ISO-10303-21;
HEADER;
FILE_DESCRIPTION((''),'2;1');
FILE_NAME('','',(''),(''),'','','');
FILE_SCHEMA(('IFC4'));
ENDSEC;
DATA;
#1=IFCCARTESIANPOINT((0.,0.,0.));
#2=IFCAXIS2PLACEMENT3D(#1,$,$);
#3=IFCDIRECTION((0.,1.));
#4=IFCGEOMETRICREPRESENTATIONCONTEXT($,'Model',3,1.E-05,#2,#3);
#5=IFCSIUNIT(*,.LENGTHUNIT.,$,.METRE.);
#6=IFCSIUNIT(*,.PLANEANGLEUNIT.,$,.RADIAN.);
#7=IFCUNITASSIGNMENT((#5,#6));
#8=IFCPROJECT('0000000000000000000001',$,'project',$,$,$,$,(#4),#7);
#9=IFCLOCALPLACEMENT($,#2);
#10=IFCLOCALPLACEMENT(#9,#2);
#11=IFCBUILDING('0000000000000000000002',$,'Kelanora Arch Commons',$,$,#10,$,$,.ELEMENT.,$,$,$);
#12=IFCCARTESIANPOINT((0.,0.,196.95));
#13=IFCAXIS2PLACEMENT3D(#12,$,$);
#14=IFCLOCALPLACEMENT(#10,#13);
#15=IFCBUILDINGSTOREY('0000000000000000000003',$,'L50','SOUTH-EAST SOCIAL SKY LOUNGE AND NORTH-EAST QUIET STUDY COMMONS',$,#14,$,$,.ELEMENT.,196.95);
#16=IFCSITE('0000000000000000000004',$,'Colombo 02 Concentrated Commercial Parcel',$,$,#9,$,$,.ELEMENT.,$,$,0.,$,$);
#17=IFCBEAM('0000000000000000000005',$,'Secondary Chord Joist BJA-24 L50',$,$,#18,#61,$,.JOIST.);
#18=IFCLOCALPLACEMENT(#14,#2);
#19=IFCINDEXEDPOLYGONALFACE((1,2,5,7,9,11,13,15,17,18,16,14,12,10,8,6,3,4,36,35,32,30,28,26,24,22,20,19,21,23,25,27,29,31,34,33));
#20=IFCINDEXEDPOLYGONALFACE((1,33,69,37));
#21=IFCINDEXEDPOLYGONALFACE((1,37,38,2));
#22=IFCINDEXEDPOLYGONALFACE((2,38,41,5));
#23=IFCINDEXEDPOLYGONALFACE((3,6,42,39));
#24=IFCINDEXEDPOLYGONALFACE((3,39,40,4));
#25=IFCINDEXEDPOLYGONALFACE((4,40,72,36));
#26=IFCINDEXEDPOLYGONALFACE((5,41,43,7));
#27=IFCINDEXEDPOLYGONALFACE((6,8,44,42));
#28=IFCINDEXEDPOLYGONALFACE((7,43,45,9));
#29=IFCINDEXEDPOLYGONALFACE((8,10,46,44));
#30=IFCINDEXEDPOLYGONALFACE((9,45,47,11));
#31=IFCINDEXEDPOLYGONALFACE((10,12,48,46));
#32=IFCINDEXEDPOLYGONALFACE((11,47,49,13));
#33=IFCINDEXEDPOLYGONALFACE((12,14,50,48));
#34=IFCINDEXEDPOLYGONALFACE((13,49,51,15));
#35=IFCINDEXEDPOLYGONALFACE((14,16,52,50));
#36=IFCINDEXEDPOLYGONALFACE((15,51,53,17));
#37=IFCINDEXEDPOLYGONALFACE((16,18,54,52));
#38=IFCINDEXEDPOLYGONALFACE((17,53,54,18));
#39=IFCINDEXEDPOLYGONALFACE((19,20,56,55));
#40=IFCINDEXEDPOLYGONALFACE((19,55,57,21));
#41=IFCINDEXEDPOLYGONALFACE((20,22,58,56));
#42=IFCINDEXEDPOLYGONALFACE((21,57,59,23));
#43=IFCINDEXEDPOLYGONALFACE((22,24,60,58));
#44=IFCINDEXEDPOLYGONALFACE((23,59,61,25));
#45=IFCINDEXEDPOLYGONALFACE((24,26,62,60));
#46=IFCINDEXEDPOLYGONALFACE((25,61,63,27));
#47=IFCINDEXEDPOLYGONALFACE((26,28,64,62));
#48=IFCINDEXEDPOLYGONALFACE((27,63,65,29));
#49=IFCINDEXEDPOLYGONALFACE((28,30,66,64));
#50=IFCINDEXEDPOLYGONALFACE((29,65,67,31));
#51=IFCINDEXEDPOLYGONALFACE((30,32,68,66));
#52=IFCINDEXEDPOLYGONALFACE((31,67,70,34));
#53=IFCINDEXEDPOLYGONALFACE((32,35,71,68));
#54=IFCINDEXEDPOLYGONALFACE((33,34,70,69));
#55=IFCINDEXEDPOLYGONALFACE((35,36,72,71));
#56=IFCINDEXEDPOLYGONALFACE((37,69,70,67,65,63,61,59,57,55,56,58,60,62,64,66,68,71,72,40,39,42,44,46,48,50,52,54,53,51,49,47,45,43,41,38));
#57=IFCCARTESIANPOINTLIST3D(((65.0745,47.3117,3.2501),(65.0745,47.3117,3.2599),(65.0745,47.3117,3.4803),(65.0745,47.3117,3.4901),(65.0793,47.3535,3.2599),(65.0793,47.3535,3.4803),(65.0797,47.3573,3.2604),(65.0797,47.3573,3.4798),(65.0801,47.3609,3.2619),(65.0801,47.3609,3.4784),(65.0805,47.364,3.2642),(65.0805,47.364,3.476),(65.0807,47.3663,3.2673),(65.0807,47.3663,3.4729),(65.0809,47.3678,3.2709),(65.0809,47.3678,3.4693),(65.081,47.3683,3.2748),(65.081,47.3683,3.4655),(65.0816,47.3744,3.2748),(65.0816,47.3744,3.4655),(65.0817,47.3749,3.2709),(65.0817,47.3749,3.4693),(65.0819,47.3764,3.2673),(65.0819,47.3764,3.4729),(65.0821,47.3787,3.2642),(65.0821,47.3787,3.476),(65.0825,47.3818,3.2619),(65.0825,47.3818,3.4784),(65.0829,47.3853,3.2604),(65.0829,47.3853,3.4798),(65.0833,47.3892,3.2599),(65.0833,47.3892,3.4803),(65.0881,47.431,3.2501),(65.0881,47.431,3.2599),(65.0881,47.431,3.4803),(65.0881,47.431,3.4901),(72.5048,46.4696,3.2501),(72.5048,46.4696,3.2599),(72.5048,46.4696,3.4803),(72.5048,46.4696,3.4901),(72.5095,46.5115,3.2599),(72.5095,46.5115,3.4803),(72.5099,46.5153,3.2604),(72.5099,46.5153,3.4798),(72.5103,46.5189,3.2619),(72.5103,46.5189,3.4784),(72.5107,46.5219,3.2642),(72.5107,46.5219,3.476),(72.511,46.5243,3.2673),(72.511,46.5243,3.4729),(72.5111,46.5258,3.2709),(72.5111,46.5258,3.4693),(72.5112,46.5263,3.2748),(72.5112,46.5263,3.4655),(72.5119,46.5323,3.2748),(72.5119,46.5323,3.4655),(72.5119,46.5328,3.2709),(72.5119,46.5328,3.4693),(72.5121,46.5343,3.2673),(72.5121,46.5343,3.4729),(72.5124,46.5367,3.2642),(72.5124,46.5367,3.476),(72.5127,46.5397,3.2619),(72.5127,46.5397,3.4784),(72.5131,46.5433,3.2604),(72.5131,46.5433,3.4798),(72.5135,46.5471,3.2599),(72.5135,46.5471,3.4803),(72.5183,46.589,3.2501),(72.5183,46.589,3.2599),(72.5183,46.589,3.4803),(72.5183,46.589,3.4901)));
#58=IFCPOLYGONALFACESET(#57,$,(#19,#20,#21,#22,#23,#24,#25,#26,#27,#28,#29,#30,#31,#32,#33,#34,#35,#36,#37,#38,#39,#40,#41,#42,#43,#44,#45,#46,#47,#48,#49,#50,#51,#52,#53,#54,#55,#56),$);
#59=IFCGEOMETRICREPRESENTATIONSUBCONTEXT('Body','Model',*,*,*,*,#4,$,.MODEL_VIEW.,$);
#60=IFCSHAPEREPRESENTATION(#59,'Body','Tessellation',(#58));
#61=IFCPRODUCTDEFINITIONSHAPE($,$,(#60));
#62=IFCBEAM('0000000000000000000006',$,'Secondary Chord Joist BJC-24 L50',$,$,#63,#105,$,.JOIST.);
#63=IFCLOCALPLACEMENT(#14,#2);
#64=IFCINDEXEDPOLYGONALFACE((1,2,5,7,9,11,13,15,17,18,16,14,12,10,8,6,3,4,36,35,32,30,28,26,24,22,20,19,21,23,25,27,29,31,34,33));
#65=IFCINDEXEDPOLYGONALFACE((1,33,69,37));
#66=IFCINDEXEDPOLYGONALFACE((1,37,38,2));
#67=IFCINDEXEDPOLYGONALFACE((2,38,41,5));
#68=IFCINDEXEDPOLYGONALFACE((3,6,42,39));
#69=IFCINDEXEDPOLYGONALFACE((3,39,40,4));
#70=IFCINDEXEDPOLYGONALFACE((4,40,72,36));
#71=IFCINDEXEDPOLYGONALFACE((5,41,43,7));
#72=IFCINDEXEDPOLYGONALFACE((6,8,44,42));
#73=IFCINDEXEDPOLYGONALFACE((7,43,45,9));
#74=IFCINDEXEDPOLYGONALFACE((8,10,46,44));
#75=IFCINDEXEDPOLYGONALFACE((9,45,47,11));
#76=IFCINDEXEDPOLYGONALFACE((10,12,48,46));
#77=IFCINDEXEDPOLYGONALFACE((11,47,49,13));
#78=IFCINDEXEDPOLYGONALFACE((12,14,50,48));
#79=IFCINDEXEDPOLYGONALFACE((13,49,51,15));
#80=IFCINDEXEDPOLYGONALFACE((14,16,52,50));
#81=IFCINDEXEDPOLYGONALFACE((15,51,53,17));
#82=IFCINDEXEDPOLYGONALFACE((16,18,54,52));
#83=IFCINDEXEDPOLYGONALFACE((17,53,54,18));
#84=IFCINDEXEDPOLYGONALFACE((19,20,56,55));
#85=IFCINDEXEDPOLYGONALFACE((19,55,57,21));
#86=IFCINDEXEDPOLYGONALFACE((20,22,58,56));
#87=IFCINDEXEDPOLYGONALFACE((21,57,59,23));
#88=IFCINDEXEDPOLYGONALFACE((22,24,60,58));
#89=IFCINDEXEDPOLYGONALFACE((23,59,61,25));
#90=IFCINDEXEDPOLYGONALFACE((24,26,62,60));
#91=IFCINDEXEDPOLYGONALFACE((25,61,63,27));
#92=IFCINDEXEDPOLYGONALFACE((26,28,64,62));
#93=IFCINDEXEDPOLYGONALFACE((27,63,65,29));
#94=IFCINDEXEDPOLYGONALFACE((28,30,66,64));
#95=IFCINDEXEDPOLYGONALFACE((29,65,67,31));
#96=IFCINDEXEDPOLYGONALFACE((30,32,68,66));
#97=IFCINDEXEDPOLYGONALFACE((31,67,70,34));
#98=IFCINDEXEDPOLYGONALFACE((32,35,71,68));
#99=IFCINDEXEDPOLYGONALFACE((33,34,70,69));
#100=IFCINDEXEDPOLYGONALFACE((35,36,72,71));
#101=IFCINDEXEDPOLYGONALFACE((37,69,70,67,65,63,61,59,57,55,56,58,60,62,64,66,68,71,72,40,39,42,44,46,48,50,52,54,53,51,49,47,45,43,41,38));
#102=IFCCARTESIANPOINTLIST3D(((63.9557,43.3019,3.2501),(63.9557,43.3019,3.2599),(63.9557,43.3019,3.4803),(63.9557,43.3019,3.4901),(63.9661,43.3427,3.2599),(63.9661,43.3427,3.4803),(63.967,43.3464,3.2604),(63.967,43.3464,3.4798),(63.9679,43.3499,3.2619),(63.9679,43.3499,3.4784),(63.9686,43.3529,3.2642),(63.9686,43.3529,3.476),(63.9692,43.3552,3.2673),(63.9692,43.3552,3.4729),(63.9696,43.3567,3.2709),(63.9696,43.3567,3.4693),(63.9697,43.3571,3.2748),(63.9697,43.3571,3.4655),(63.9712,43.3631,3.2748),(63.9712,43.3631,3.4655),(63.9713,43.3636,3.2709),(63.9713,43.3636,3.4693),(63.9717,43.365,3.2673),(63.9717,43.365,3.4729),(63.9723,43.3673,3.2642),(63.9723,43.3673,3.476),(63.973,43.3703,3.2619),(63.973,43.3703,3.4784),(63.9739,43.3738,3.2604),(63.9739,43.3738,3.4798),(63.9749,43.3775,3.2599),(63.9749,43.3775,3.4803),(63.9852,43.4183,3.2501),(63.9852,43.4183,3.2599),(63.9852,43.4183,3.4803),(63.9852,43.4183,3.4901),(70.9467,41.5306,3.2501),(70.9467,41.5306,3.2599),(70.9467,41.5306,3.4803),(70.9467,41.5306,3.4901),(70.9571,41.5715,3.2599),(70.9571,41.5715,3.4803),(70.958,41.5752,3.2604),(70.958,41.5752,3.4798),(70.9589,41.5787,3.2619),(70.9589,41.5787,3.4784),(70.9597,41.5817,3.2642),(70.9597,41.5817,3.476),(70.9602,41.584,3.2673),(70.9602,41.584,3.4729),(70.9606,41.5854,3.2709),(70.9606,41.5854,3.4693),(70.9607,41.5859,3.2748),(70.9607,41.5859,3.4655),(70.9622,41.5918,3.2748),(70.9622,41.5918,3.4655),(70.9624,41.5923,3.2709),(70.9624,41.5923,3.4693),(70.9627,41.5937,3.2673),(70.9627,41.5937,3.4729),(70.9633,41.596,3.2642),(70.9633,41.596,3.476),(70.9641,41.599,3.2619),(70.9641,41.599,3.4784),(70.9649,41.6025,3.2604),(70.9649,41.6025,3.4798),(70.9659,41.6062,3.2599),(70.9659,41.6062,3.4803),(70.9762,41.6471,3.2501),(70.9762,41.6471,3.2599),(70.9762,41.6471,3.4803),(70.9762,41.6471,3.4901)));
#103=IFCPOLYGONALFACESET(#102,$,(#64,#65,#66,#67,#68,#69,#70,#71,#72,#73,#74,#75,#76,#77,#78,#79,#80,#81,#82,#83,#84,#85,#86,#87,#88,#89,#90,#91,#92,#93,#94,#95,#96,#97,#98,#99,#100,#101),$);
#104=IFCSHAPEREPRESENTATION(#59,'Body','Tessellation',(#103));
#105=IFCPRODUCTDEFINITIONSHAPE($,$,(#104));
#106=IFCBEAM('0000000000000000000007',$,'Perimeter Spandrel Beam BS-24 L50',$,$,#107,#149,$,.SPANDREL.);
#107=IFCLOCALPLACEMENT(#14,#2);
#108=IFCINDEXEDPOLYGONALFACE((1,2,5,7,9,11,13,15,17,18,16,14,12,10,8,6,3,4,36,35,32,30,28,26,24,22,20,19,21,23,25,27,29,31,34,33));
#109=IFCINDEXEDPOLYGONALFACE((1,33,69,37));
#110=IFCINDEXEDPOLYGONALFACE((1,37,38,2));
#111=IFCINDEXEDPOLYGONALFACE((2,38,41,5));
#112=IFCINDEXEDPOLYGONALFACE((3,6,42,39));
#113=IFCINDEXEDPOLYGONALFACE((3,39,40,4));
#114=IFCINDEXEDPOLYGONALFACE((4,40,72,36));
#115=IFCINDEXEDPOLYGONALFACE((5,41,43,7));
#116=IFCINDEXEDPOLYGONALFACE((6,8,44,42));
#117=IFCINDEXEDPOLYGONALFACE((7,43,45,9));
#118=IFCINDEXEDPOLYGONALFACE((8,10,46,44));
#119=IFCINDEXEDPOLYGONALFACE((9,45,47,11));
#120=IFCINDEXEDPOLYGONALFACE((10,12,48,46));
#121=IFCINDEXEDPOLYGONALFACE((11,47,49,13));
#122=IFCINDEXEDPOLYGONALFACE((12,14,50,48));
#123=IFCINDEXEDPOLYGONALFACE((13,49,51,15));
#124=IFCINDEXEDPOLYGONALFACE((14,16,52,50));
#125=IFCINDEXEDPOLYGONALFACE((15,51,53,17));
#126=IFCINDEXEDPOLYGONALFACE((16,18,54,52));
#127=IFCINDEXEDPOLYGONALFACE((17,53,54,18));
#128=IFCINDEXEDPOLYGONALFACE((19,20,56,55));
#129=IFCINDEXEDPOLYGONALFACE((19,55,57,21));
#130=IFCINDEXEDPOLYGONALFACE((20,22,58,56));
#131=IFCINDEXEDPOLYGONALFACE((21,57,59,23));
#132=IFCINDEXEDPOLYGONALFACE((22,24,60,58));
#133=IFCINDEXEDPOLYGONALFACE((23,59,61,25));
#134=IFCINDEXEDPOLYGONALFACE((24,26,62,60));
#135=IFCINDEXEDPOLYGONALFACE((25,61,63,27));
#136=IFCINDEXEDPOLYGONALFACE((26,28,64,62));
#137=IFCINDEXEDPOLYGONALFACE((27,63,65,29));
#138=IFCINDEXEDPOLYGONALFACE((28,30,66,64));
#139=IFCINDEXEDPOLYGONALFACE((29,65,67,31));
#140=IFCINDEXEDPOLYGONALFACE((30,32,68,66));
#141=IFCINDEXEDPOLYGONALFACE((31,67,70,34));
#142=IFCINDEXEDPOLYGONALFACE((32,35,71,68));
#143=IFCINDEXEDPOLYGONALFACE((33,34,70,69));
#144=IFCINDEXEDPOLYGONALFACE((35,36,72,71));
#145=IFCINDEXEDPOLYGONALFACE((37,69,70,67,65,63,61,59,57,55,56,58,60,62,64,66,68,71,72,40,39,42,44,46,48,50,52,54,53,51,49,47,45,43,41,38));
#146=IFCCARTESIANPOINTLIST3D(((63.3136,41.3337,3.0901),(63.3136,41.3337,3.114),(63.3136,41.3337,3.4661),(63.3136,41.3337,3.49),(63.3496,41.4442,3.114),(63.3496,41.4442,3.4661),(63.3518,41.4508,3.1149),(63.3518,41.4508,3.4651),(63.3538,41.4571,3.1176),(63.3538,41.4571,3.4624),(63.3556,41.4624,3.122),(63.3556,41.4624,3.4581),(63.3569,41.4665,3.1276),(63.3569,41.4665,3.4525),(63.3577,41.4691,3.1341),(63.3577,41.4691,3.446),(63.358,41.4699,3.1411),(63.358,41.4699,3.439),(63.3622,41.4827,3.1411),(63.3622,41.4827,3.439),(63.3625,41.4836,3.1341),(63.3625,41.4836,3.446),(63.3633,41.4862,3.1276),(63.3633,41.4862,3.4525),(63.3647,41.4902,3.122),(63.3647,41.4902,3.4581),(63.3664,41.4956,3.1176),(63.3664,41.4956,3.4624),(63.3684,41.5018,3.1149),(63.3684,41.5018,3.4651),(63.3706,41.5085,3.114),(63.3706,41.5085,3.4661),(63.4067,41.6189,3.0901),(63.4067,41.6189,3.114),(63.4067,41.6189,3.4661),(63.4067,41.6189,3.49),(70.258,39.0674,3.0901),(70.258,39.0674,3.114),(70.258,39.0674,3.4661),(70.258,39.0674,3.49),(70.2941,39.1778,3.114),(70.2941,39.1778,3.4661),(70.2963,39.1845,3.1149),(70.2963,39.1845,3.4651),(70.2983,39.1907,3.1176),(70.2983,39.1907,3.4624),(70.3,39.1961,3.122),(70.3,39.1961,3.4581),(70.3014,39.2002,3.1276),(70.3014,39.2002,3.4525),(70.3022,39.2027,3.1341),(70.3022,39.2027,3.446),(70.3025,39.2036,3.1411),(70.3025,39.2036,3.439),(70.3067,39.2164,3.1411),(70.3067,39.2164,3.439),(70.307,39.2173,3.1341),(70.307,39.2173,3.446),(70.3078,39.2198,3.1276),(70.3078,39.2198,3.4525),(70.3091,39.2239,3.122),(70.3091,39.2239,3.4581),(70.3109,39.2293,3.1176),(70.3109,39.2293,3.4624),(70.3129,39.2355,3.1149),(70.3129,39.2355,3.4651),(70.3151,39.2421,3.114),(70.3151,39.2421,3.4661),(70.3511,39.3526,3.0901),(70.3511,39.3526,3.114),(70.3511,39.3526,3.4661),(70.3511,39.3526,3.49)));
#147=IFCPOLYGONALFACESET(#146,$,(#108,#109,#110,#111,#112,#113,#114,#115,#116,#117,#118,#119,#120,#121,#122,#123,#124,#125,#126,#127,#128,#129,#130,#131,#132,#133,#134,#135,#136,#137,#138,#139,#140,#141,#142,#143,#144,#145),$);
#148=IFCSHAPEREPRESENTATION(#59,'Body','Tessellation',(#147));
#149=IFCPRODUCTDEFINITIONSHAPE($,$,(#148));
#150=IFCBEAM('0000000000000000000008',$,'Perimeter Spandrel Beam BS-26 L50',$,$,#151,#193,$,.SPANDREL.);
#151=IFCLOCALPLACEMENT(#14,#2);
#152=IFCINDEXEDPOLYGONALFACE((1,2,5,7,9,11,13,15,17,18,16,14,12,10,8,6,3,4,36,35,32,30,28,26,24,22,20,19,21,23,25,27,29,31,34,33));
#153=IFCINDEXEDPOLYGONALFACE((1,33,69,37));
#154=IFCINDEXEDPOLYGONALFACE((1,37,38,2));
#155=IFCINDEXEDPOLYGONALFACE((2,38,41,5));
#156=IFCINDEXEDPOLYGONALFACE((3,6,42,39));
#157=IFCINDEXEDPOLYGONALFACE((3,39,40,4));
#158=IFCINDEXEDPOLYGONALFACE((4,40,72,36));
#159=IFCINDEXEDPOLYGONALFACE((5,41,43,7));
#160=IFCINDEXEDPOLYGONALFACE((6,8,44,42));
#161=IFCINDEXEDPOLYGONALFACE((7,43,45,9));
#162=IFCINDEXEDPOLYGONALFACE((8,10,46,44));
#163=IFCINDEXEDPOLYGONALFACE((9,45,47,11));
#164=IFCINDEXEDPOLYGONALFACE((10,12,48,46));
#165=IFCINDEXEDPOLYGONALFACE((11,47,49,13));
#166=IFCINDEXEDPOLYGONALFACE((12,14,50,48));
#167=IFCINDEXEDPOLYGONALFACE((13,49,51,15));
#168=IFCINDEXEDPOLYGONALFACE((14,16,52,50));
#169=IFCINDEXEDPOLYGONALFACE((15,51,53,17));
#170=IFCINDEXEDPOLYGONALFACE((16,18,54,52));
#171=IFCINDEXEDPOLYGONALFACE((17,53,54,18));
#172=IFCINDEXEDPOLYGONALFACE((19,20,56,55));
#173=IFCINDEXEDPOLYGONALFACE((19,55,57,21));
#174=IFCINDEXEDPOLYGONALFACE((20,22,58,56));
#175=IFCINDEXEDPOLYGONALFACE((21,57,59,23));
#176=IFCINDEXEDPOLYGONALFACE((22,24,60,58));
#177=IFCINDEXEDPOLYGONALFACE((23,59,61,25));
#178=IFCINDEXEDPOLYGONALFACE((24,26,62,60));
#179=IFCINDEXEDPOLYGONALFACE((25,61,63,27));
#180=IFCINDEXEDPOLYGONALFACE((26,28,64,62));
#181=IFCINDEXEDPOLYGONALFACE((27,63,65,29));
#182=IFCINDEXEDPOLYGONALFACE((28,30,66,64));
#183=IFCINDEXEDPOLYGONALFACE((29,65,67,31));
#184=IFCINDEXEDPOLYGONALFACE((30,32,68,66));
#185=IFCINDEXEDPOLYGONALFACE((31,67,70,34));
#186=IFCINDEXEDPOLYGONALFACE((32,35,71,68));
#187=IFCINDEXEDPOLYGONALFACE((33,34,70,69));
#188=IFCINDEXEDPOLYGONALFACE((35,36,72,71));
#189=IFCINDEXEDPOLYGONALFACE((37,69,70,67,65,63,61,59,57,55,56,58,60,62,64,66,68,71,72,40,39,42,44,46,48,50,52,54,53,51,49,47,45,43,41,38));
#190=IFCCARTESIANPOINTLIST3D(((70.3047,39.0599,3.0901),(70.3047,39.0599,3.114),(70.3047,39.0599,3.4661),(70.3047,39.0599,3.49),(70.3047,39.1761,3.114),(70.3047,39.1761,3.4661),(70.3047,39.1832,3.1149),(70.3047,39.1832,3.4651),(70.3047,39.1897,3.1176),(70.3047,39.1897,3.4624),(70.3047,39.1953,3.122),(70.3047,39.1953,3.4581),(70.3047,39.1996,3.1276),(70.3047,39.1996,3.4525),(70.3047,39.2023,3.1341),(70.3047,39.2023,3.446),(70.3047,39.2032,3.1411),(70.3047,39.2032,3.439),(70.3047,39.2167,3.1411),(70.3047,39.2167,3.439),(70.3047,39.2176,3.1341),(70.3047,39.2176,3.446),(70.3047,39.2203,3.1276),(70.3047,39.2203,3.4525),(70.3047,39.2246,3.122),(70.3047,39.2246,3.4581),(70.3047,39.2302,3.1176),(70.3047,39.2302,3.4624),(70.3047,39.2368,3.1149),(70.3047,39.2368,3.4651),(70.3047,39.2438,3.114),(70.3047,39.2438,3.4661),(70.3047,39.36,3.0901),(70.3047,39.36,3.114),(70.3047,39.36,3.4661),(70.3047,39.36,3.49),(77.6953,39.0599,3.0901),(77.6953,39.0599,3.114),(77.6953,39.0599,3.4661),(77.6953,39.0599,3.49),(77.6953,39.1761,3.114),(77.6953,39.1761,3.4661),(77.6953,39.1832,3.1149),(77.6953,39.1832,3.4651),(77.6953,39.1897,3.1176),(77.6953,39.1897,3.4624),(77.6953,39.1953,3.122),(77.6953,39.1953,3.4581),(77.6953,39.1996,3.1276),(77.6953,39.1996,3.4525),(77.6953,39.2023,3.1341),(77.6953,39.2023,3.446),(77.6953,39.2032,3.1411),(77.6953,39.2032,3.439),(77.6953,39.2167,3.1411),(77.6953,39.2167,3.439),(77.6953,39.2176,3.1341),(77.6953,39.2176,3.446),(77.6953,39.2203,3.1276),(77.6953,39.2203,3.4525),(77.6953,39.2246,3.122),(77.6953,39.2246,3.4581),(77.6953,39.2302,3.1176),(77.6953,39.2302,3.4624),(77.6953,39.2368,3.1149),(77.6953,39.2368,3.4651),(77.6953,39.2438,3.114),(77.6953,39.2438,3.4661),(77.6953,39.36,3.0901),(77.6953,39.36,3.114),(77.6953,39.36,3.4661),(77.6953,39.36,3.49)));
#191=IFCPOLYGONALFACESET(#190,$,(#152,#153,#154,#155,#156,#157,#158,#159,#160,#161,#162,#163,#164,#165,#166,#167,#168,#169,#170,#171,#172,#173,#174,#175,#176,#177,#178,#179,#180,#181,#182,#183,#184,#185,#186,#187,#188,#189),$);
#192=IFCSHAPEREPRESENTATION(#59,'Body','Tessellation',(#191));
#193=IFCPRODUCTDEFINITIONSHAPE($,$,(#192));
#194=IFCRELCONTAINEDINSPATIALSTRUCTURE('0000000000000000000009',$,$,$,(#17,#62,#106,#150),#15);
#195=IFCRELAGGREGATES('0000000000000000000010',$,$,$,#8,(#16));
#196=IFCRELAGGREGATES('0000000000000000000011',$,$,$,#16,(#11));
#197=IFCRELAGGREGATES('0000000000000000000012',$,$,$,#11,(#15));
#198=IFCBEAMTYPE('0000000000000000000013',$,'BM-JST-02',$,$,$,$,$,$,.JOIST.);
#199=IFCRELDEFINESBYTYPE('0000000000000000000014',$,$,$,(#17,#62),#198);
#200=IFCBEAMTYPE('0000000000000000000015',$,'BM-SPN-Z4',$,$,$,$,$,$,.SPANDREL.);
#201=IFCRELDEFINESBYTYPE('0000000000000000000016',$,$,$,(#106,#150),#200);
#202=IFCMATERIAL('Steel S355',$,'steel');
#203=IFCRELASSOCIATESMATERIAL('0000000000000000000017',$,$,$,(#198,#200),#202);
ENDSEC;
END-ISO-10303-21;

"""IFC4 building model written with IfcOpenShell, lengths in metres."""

from ifc_helpers import new_model, si_unit, direction, frame, origin, origin_2d, place, context, subcontext, project, spatial, i_section, extrude, material, material_profile, profile_set, type_object, element, save


model = new_model("IFC4")

# Units and contexts
model_context = context("Model", 3, precision=1e-05, world=origin(), true_north=direction((0.0, 1.0)))
body_context = subcontext(model_context, "Body", "Model", "MODEL_VIEW")
ifc_project = project(units=[si_unit("LENGTHUNIT", "METRE"), si_unit("PLANEANGLEUNIT", "RADIAN")], contexts=[model_context])

# Site, building, storey
site_placement = place(None, origin())
site = spatial("IfcSite", under=ifc_project, at=site_placement, Name="Colombo 02 Concentrated Commercial Parcel", CompositionType="ELEMENT", RefElevation=0.0)
building_placement = place(site_placement, origin())
building = spatial("IfcBuilding", under=site, at=building_placement, Name="Kelanora Arch Commons", CompositionType="ELEMENT")
storey_placement = place(building_placement, frame((0.0, 0.0, 196.95)))
storey = spatial("IfcBuildingStorey", under=building, at=storey_placement, Name="L50", Description="SOUTH-EAST SOCIAL SKY LOUNGE AND NORTH-EAST QUIET STUDY COMMONS", CompositionType="ELEMENT", Elevation=196.95)

# Beams
ifc_material_1 = material(Name="Steel S355", Category="steel")
ifc_material_profile_1 = material_profile(ifc_material_1, i_section(OverallWidth=0.1201, OverallDepth=0.24, WebThickness=0.0061, FlangeThickness=0.0098, FilletRadius=0.0149, at=origin_2d()), Name="IPE240")
ifc_profile_set_1 = profile_set([ifc_material_profile_1], Name="Steel S355")
beam_type_1 = type_object("IfcBeamType", Name="BM-JST-02", PredefinedType="JOIST", material=ifc_profile_set_1)
beam_1_placement = place(storey_placement, frame((65.0813, 47.3713, 3.3701), z_axis=(0.99364, -0.112606, 0.0), x_axis=(0.112606, 0.99364, 0.0)))
element("IfcBeam", 1, at=beam_1_placement, inside=storey, type_object=beam_type_1, Name="Secondary Chord Joist BJA-24 L50", PredefinedType="JOIST", context=body_context, shape_type="SweptSolid", body=[
    extrude(i_section(OverallWidth=0.1201, OverallDepth=0.24, WebThickness=0.0061, FlangeThickness=0.0098, FilletRadius=0.0149, at=origin_2d()), origin(), (0.0, 0.0, 1.0), 7.4778),
])
beam_2_placement = place(storey_placement, frame((63.9705, 43.3601, 3.3701), z_axis=(0.969371, -0.245601, 0.0), x_axis=(0.245601, 0.969371, 0.0)))
element("IfcBeam", 2, at=beam_2_placement, inside=storey, type_object=beam_type_1, Name="Secondary Chord Joist BJC-24 L50", PredefinedType="JOIST", context=body_context, shape_type="SweptSolid", body=[
    extrude(i_section(OverallWidth=0.1201, OverallDepth=0.24, WebThickness=0.0061, FlangeThickness=0.0098, FilletRadius=0.0149, at=origin_2d()), origin(), (0.0, 0.0, 1.0), 7.2119),
])
ifc_material_profile_2 = material_profile(ifc_material_1, i_section(OverallWidth=0.3, OverallDepth=0.3999, WebThickness=0.0134, FlangeThickness=0.0239, FilletRadius=0.0271, at=origin_2d()), Name="HEB400")
ifc_profile_set_2 = profile_set([ifc_material_profile_2], Name="Steel S355")
beam_type_2 = type_object("IfcBeamType", Name="BM-SPN-Z4", PredefinedType="SPANDREL", material=ifc_profile_set_2)
beam_3_placement = place(storey_placement, frame((63.3601, 41.4763, 3.29), z_axis=(0.950656, -0.310246, 0.0), x_axis=(0.310246, 0.950656, 0.0)))
element("IfcBeam", 3, at=beam_3_placement, inside=storey, type_object=beam_type_2, Name="Perimeter Spandrel Beam BS-24 L50", PredefinedType="SPANDREL", context=body_context, shape_type="SweptSolid", body=[
    extrude(i_section(OverallWidth=0.3, OverallDepth=0.3999, WebThickness=0.0134, FlangeThickness=0.0239, FilletRadius=0.0271, at=origin_2d()), origin(), (0.0, 0.0, 1.0), 7.3049),
])
beam_4_placement = place(storey_placement, frame((70.3047, 39.21, 3.29), z_axis=(1.0, 0.0, 0.0), x_axis=(0.0, 1.0, 0.0)))
element("IfcBeam", 4, at=beam_4_placement, inside=storey, type_object=beam_type_2, Name="Perimeter Spandrel Beam BS-26 L50", PredefinedType="SPANDREL", context=body_context, shape_type="SweptSolid", body=[
    extrude(i_section(OverallWidth=0.3, OverallDepth=0.3999, WebThickness=0.0134, FlangeThickness=0.0239, FilletRadius=0.0271, at=origin_2d()), origin(), (0.0, 0.0, 1.0), 7.3906),
])

save(model, "model.ifc")
